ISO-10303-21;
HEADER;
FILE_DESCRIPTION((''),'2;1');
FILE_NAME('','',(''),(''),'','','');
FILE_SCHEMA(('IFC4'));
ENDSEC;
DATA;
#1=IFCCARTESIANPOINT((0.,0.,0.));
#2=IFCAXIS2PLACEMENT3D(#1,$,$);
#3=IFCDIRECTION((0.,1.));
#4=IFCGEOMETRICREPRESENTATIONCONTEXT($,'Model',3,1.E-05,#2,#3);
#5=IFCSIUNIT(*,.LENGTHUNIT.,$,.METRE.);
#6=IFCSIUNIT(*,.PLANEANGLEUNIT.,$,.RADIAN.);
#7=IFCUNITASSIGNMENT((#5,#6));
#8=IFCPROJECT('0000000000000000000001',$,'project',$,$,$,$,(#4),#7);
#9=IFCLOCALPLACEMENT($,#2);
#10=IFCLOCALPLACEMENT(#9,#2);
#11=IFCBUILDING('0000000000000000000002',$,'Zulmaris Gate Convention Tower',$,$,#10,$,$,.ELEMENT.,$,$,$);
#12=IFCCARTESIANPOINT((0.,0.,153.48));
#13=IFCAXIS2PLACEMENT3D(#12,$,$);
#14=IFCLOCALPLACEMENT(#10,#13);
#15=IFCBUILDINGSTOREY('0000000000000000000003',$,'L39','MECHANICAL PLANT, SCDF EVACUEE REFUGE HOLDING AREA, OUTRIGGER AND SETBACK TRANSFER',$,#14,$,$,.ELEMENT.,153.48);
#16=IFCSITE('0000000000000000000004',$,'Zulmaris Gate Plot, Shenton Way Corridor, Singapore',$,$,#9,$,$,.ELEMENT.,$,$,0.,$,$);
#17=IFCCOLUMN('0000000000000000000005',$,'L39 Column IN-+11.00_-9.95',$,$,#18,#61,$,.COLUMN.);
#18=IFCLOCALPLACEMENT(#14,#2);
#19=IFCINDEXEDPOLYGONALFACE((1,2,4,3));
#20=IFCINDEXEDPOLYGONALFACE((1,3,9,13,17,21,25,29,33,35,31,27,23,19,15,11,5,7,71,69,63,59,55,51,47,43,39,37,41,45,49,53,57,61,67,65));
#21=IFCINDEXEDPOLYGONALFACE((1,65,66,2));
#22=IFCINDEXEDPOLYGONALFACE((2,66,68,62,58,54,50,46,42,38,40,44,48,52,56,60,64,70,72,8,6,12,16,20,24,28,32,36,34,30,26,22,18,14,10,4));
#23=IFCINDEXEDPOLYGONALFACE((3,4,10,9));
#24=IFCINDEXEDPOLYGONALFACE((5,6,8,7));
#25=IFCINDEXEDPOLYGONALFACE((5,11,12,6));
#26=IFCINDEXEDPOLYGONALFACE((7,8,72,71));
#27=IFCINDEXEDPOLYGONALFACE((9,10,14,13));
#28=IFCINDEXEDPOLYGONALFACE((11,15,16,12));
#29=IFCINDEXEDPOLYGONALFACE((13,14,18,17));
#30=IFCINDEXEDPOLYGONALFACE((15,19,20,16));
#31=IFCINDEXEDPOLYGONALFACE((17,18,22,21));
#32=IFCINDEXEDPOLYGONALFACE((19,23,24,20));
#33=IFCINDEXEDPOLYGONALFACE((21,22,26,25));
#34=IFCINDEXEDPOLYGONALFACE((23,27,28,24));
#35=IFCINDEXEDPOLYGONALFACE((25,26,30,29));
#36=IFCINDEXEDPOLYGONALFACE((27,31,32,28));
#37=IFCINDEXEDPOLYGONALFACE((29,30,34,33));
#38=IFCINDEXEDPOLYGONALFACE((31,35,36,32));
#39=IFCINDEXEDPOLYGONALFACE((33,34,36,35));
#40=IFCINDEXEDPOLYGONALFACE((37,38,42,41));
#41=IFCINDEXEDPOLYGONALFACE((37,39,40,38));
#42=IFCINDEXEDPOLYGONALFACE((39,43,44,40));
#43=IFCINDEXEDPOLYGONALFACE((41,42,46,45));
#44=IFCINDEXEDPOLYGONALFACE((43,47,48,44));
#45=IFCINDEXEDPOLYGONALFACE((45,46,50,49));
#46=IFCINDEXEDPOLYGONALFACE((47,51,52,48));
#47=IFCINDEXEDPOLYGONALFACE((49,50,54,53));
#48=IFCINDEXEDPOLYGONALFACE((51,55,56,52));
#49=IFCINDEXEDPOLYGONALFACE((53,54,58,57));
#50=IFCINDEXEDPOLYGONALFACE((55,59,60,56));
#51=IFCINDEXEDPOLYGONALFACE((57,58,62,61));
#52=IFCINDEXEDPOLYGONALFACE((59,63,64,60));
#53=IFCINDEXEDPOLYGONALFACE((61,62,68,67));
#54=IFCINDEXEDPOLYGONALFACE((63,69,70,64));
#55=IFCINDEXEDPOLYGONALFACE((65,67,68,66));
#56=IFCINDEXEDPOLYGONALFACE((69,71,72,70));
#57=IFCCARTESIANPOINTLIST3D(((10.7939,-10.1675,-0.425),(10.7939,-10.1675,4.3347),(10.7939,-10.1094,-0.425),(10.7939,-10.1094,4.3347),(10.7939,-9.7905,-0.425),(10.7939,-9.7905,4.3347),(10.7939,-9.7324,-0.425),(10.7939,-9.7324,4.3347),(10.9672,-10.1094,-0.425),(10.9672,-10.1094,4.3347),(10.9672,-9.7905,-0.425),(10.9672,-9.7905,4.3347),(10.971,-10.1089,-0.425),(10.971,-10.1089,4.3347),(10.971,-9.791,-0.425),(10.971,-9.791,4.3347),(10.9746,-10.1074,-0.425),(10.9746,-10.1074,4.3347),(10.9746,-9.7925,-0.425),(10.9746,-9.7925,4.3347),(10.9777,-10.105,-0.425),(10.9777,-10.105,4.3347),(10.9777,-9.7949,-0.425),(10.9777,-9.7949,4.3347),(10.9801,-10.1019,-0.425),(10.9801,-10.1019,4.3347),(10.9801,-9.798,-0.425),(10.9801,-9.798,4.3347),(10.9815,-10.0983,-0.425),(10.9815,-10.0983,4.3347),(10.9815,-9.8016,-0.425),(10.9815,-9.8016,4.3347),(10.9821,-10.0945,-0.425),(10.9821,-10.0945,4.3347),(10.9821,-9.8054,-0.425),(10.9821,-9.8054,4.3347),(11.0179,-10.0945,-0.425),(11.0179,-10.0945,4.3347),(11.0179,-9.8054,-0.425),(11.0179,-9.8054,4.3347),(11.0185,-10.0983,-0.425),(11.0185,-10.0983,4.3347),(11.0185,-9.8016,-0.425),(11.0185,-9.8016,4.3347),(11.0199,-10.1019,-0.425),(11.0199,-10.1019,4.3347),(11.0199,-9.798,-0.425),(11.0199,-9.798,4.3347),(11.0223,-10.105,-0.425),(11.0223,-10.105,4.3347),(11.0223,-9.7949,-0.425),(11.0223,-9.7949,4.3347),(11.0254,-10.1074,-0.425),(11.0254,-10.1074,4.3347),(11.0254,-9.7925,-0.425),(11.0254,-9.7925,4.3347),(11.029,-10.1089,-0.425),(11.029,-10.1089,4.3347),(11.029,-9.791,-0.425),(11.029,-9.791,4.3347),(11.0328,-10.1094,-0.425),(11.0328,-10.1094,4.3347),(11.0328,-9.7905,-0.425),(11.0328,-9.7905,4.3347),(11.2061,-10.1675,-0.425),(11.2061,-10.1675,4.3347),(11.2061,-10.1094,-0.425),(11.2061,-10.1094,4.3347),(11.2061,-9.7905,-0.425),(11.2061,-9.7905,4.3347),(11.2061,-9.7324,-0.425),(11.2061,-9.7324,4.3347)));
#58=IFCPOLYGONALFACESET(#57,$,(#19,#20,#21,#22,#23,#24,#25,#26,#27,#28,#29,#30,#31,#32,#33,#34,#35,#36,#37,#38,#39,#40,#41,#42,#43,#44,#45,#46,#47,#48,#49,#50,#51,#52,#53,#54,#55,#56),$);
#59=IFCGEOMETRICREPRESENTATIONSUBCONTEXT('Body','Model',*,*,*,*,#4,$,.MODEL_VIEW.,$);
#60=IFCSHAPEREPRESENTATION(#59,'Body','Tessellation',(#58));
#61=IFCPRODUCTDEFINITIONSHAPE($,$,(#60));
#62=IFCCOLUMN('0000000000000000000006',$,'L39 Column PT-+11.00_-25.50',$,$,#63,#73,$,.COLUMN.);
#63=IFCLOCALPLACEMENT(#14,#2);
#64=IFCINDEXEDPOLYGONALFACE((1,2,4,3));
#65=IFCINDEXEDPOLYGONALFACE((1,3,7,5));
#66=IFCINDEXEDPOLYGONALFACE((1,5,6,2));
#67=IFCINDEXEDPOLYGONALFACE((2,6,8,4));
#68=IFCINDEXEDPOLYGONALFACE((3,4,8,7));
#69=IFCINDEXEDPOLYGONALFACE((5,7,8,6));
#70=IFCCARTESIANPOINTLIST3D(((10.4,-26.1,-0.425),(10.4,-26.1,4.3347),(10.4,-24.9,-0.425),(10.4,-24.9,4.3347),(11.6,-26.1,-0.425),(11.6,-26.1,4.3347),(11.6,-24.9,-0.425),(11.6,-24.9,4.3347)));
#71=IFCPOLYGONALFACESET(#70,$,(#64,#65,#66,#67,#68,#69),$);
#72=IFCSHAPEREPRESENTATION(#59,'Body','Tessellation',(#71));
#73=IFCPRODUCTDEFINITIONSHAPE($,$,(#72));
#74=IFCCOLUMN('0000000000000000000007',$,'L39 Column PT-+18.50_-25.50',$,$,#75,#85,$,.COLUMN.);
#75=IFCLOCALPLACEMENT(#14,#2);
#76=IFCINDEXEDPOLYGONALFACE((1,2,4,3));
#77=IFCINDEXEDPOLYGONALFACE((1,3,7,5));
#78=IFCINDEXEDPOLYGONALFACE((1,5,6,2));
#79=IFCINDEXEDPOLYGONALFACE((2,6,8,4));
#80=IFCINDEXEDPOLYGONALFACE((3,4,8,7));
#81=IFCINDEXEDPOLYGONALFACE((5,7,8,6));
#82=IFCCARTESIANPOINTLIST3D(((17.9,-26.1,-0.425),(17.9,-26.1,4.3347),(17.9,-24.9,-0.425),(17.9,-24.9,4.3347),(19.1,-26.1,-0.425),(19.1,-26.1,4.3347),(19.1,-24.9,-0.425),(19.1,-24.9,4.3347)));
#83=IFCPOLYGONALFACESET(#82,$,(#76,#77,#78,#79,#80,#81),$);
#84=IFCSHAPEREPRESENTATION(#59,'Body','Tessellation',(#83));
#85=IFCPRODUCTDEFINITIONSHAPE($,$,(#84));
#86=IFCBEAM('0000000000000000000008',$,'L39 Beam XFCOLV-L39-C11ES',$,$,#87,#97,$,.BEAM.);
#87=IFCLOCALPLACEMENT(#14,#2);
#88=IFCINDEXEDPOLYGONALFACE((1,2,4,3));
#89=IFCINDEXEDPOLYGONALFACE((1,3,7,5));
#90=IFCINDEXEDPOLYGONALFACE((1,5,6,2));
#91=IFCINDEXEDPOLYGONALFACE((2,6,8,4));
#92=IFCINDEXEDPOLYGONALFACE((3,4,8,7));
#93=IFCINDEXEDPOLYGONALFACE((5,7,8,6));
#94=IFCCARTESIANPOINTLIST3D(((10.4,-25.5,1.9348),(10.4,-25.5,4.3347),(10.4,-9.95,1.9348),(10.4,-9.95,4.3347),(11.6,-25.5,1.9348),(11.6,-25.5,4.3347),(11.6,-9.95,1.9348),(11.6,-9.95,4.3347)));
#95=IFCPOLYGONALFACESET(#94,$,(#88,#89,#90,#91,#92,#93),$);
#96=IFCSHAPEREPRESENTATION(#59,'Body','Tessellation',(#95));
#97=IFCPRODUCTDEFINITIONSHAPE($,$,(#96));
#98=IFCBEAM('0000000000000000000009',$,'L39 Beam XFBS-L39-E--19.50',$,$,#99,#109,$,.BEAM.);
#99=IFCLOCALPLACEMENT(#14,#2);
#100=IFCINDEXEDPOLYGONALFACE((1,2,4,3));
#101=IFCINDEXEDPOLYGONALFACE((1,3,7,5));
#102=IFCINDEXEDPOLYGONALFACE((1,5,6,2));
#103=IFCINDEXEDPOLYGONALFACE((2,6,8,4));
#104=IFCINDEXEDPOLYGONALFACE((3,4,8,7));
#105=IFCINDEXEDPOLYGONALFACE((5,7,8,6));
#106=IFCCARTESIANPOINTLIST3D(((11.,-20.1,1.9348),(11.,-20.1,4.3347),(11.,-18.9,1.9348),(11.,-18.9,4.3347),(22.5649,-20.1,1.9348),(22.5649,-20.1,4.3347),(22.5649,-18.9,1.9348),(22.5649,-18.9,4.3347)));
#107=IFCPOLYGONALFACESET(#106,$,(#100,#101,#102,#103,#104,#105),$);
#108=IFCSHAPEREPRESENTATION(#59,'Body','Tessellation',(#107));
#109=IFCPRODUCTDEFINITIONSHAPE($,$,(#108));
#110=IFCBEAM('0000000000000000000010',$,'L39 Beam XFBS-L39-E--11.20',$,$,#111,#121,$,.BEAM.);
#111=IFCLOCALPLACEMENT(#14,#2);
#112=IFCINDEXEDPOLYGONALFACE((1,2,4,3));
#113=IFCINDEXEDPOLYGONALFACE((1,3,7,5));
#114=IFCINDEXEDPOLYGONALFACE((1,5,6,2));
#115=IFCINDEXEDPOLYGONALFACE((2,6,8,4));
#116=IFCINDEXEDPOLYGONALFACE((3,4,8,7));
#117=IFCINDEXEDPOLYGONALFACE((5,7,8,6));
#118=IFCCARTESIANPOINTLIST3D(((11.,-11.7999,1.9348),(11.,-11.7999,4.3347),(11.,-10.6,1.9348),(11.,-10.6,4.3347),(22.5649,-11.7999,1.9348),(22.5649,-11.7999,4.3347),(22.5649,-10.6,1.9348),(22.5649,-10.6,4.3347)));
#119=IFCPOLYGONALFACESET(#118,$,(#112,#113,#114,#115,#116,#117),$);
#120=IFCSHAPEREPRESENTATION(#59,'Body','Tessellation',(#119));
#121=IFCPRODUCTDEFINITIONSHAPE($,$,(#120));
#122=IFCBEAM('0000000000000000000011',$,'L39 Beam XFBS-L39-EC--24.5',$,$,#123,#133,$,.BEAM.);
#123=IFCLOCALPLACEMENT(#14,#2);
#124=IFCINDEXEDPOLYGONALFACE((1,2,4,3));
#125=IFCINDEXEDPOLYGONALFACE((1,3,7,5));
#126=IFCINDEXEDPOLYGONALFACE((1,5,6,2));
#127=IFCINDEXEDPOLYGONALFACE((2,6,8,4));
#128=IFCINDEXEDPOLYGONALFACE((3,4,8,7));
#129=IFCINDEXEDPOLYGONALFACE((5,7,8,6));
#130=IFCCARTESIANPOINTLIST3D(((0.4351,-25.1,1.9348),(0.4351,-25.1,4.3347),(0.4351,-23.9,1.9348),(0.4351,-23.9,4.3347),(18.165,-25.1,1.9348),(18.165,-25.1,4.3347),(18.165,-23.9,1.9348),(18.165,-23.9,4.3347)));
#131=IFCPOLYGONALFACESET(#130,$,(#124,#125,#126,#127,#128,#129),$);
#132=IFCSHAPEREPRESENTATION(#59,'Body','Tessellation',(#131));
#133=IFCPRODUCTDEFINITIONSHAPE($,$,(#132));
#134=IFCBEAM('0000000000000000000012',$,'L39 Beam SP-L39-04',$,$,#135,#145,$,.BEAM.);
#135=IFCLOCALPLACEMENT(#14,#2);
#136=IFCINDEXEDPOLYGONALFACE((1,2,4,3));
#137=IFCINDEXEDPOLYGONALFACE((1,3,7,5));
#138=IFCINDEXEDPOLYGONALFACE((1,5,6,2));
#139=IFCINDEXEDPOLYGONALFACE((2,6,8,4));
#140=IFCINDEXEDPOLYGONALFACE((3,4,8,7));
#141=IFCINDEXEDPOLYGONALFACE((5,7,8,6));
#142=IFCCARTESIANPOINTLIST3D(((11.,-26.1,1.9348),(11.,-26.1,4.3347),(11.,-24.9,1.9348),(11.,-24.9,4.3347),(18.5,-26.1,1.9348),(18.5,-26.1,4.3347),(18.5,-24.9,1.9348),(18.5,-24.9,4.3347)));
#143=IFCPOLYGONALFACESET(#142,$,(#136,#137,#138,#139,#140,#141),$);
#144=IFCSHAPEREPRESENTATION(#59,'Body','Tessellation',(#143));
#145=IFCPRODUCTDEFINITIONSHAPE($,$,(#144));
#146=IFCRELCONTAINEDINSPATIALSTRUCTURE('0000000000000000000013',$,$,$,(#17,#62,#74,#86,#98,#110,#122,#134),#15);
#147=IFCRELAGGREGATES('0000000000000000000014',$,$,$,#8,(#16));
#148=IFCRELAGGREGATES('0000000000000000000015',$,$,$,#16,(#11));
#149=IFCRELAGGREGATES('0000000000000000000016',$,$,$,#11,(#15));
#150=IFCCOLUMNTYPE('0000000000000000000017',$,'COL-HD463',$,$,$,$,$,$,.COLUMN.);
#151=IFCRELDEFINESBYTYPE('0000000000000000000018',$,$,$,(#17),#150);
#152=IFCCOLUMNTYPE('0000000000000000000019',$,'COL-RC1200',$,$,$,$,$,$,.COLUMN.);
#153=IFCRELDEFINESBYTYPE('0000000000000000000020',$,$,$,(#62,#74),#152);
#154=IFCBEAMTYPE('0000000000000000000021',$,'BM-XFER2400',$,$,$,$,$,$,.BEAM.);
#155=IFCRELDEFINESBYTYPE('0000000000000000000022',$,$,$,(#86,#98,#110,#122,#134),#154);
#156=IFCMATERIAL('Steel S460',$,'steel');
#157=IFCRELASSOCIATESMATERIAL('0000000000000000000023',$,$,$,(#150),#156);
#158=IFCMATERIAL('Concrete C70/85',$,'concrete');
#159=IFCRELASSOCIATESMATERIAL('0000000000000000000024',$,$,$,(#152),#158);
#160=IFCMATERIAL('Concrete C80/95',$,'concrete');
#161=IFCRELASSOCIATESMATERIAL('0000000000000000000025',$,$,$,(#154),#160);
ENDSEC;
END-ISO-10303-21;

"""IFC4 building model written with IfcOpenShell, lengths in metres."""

from ifc_helpers import new_model, si_unit, direction, frame, origin, origin_2d, place, context, subcontext, project, spatial, rectangle, i_section, extrude, material, material_profile, profile_set, type_object, element, save


model = new_model("IFC4")

# Units and contexts
model_context = context("Model", 3, precision=1e-05, world=origin(), true_north=direction((0.0, 1.0)))
body_context = subcontext(model_context, "Body", "Model", "MODEL_VIEW")
ifc_project = project(units=[si_unit("LENGTHUNIT", "METRE"), si_unit("PLANEANGLEUNIT", "RADIAN")], contexts=[model_context])

# Site, building, storey
site_placement = place(None, origin())
site = spatial("IfcSite", under=ifc_project, at=site_placement, Name="Zulmaris Gate Plot, Shenton Way Corridor, Singapore", CompositionType="ELEMENT", RefElevation=0.0)
building_placement = place(site_placement, origin())
building = spatial("IfcBuilding", under=site, at=building_placement, Name="Zulmaris Gate Convention Tower", CompositionType="ELEMENT")
storey_placement = place(building_placement, frame((0.0, 0.0, 153.48)))
storey = spatial("IfcBuildingStorey", under=building, at=storey_placement, Name="L39", Description="MECHANICAL PLANT, SCDF EVACUEE REFUGE HOLDING AREA, OUTRIGGER AND SETBACK TRANSFER", CompositionType="ELEMENT", Elevation=153.48)

# Columns
ifc_material_1 = material(Name="Steel S460", Category="steel")
ifc_material_profile_1 = material_profile(ifc_material_1, i_section(OverallWidth=0.4121, OverallDepth=0.4351, WebThickness=0.0359, FlangeThickness=0.0581, FilletRadius=0.0149, at=origin_2d()), Name="HD 400x463")
ifc_profile_set_1 = profile_set([ifc_material_profile_1], Name="Steel S460")
column_type_1 = type_object("IfcColumnType", Name="COL-HD463", PredefinedType="COLUMN", material=ifc_profile_set_1)
column_placement = place(storey_placement, frame((11.0, -9.95, -0.425), z_axis=(0.0, 0.0, 1.0), x_axis=(1.0, 0.0, 0.0)))
element("IfcColumn", 1, at=column_placement, inside=storey, type_object=column_type_1, Name="L39 Column IN-+11.00_-9.95", PredefinedType="COLUMN", context=body_context, shape_type="SweptSolid", body=[
    extrude(i_section(OverallWidth=0.4121, OverallDepth=0.4351, WebThickness=0.0359, FlangeThickness=0.0581, FilletRadius=0.0149, at=origin_2d()), origin(), (0.0, 0.0, 1.0), 4.7598),
])
ifc_material_2 = material(Name="Concrete C70/85", Category="concrete")
ifc_material_profile_2 = material_profile(ifc_material_2, rectangle(XDim=1.2, YDim=1.2, at=origin_2d()), Name="RC COL 1200x1200")
ifc_profile_set_2 = profile_set([ifc_material_profile_2], Name="Concrete C70/85")
column_type_2 = type_object("IfcColumnType", Name="COL-RC1200", PredefinedType="COLUMN", material=ifc_profile_set_2)
for number, where, z_axis, x_axis, name in (
    (2, (11.0, -25.5, -0.425), (0.0, 0.0, 1.0), (1.0, 0.0, 0.0), "L39 Column PT-+11.00_-25.50"),
    (3, (18.5, -25.5, -0.425), (0.0, 0.0, 1.0), (1.0, 0.0, 0.0), "L39 Column PT-+18.50_-25.50"),
):
    element("IfcColumn", number, at=place(storey_placement, frame(where, z_axis=z_axis, x_axis=x_axis)), inside=storey, type_object=column_type_2, Name=name, PredefinedType="COLUMN", context=body_context, shape_type="SweptSolid", body=[
        extrude(rectangle(XDim=1.2, YDim=1.2, at=origin_2d()), origin(), (0.0, 0.0, 1.0), 4.7598),
    ])

# Beams
ifc_material_3 = material(Name="Concrete C80/95", Category="concrete")
ifc_material_profile_3 = material_profile(ifc_material_3, rectangle(XDim=1.2, YDim=2.3999, at=origin_2d()), Name="RC TRANSFER 1200x2400")
ifc_profile_set_3 = profile_set([ifc_material_profile_3], Name="Concrete C80/95")
beam_type_1 = type_object("IfcBeamType", Name="BM-XFER2400", PredefinedType="BEAM", material=ifc_profile_set_3)
beam_1_placement = place(storey_placement, frame((11.0, -25.5, 3.1348), z_axis=(0.0, 1.0, 0.0), x_axis=(-1.0, 0.0, 0.0)))
element("IfcBeam", 4, at=beam_1_placement, inside=storey, type_object=beam_type_1, Name="L39 Beam XFCOLV-L39-C11ES", PredefinedType="BEAM", context=body_context, shape_type="SweptSolid", body=[
    extrude(rectangle(XDim=1.2, YDim=2.3999, at=origin_2d()), origin(), (0.0, 0.0, 1.0), 15.55),
])
for number, where, z_axis, x_axis, name in (
    (5, (11.0, -19.5, 3.1348), (1.0, 0.0, 0.0), (0.0, 1.0, 0.0), "L39 Beam XFBS-L39-E--19.50"),
    (6, (11.0, -11.2, 3.1348), (1.0, 0.0, 0.0), (0.0, 1.0, 0.0), "L39 Beam XFBS-L39-E--11.20"),
):
    element("IfcBeam", number, at=place(storey_placement, frame(where, z_axis=z_axis, x_axis=x_axis)), inside=storey, type_object=beam_type_1, Name=name, PredefinedType="BEAM", context=body_context, shape_type="SweptSolid", body=[
        extrude(rectangle(XDim=1.2, YDim=2.3999, at=origin_2d()), origin(), (0.0, 0.0, 1.0), 11.5649),
    ])
beam_2_placement = place(storey_placement, frame((0.4351, -24.5, 3.1348), z_axis=(1.0, 0.0, 0.0), x_axis=(0.0, 1.0, 0.0)))
element("IfcBeam", 7, at=beam_2_placement, inside=storey, type_object=beam_type_1, Name="L39 Beam XFBS-L39-EC--24.5", PredefinedType="BEAM", context=body_context, shape_type="SweptSolid", body=[
    extrude(rectangle(XDim=1.2, YDim=2.3999, at=origin_2d()), origin(), (0.0, 0.0, 1.0), 17.73),
])
beam_3_placement = place(storey_placement, frame((11.0, -25.5, 3.1348), z_axis=(1.0, 0.0, 0.0), x_axis=(0.0, 1.0, 0.0)))
element("IfcBeam", 8, at=beam_3_placement, inside=storey, type_object=beam_type_1, Name="L39 Beam SP-L39-04", PredefinedType="BEAM", context=body_context, shape_type="SweptSolid", body=[
    extrude(rectangle(XDim=1.2, YDim=2.3999, at=origin_2d()), origin(), (0.0, 0.0, 1.0), 7.5),
])

save(model, "model.ifc")
